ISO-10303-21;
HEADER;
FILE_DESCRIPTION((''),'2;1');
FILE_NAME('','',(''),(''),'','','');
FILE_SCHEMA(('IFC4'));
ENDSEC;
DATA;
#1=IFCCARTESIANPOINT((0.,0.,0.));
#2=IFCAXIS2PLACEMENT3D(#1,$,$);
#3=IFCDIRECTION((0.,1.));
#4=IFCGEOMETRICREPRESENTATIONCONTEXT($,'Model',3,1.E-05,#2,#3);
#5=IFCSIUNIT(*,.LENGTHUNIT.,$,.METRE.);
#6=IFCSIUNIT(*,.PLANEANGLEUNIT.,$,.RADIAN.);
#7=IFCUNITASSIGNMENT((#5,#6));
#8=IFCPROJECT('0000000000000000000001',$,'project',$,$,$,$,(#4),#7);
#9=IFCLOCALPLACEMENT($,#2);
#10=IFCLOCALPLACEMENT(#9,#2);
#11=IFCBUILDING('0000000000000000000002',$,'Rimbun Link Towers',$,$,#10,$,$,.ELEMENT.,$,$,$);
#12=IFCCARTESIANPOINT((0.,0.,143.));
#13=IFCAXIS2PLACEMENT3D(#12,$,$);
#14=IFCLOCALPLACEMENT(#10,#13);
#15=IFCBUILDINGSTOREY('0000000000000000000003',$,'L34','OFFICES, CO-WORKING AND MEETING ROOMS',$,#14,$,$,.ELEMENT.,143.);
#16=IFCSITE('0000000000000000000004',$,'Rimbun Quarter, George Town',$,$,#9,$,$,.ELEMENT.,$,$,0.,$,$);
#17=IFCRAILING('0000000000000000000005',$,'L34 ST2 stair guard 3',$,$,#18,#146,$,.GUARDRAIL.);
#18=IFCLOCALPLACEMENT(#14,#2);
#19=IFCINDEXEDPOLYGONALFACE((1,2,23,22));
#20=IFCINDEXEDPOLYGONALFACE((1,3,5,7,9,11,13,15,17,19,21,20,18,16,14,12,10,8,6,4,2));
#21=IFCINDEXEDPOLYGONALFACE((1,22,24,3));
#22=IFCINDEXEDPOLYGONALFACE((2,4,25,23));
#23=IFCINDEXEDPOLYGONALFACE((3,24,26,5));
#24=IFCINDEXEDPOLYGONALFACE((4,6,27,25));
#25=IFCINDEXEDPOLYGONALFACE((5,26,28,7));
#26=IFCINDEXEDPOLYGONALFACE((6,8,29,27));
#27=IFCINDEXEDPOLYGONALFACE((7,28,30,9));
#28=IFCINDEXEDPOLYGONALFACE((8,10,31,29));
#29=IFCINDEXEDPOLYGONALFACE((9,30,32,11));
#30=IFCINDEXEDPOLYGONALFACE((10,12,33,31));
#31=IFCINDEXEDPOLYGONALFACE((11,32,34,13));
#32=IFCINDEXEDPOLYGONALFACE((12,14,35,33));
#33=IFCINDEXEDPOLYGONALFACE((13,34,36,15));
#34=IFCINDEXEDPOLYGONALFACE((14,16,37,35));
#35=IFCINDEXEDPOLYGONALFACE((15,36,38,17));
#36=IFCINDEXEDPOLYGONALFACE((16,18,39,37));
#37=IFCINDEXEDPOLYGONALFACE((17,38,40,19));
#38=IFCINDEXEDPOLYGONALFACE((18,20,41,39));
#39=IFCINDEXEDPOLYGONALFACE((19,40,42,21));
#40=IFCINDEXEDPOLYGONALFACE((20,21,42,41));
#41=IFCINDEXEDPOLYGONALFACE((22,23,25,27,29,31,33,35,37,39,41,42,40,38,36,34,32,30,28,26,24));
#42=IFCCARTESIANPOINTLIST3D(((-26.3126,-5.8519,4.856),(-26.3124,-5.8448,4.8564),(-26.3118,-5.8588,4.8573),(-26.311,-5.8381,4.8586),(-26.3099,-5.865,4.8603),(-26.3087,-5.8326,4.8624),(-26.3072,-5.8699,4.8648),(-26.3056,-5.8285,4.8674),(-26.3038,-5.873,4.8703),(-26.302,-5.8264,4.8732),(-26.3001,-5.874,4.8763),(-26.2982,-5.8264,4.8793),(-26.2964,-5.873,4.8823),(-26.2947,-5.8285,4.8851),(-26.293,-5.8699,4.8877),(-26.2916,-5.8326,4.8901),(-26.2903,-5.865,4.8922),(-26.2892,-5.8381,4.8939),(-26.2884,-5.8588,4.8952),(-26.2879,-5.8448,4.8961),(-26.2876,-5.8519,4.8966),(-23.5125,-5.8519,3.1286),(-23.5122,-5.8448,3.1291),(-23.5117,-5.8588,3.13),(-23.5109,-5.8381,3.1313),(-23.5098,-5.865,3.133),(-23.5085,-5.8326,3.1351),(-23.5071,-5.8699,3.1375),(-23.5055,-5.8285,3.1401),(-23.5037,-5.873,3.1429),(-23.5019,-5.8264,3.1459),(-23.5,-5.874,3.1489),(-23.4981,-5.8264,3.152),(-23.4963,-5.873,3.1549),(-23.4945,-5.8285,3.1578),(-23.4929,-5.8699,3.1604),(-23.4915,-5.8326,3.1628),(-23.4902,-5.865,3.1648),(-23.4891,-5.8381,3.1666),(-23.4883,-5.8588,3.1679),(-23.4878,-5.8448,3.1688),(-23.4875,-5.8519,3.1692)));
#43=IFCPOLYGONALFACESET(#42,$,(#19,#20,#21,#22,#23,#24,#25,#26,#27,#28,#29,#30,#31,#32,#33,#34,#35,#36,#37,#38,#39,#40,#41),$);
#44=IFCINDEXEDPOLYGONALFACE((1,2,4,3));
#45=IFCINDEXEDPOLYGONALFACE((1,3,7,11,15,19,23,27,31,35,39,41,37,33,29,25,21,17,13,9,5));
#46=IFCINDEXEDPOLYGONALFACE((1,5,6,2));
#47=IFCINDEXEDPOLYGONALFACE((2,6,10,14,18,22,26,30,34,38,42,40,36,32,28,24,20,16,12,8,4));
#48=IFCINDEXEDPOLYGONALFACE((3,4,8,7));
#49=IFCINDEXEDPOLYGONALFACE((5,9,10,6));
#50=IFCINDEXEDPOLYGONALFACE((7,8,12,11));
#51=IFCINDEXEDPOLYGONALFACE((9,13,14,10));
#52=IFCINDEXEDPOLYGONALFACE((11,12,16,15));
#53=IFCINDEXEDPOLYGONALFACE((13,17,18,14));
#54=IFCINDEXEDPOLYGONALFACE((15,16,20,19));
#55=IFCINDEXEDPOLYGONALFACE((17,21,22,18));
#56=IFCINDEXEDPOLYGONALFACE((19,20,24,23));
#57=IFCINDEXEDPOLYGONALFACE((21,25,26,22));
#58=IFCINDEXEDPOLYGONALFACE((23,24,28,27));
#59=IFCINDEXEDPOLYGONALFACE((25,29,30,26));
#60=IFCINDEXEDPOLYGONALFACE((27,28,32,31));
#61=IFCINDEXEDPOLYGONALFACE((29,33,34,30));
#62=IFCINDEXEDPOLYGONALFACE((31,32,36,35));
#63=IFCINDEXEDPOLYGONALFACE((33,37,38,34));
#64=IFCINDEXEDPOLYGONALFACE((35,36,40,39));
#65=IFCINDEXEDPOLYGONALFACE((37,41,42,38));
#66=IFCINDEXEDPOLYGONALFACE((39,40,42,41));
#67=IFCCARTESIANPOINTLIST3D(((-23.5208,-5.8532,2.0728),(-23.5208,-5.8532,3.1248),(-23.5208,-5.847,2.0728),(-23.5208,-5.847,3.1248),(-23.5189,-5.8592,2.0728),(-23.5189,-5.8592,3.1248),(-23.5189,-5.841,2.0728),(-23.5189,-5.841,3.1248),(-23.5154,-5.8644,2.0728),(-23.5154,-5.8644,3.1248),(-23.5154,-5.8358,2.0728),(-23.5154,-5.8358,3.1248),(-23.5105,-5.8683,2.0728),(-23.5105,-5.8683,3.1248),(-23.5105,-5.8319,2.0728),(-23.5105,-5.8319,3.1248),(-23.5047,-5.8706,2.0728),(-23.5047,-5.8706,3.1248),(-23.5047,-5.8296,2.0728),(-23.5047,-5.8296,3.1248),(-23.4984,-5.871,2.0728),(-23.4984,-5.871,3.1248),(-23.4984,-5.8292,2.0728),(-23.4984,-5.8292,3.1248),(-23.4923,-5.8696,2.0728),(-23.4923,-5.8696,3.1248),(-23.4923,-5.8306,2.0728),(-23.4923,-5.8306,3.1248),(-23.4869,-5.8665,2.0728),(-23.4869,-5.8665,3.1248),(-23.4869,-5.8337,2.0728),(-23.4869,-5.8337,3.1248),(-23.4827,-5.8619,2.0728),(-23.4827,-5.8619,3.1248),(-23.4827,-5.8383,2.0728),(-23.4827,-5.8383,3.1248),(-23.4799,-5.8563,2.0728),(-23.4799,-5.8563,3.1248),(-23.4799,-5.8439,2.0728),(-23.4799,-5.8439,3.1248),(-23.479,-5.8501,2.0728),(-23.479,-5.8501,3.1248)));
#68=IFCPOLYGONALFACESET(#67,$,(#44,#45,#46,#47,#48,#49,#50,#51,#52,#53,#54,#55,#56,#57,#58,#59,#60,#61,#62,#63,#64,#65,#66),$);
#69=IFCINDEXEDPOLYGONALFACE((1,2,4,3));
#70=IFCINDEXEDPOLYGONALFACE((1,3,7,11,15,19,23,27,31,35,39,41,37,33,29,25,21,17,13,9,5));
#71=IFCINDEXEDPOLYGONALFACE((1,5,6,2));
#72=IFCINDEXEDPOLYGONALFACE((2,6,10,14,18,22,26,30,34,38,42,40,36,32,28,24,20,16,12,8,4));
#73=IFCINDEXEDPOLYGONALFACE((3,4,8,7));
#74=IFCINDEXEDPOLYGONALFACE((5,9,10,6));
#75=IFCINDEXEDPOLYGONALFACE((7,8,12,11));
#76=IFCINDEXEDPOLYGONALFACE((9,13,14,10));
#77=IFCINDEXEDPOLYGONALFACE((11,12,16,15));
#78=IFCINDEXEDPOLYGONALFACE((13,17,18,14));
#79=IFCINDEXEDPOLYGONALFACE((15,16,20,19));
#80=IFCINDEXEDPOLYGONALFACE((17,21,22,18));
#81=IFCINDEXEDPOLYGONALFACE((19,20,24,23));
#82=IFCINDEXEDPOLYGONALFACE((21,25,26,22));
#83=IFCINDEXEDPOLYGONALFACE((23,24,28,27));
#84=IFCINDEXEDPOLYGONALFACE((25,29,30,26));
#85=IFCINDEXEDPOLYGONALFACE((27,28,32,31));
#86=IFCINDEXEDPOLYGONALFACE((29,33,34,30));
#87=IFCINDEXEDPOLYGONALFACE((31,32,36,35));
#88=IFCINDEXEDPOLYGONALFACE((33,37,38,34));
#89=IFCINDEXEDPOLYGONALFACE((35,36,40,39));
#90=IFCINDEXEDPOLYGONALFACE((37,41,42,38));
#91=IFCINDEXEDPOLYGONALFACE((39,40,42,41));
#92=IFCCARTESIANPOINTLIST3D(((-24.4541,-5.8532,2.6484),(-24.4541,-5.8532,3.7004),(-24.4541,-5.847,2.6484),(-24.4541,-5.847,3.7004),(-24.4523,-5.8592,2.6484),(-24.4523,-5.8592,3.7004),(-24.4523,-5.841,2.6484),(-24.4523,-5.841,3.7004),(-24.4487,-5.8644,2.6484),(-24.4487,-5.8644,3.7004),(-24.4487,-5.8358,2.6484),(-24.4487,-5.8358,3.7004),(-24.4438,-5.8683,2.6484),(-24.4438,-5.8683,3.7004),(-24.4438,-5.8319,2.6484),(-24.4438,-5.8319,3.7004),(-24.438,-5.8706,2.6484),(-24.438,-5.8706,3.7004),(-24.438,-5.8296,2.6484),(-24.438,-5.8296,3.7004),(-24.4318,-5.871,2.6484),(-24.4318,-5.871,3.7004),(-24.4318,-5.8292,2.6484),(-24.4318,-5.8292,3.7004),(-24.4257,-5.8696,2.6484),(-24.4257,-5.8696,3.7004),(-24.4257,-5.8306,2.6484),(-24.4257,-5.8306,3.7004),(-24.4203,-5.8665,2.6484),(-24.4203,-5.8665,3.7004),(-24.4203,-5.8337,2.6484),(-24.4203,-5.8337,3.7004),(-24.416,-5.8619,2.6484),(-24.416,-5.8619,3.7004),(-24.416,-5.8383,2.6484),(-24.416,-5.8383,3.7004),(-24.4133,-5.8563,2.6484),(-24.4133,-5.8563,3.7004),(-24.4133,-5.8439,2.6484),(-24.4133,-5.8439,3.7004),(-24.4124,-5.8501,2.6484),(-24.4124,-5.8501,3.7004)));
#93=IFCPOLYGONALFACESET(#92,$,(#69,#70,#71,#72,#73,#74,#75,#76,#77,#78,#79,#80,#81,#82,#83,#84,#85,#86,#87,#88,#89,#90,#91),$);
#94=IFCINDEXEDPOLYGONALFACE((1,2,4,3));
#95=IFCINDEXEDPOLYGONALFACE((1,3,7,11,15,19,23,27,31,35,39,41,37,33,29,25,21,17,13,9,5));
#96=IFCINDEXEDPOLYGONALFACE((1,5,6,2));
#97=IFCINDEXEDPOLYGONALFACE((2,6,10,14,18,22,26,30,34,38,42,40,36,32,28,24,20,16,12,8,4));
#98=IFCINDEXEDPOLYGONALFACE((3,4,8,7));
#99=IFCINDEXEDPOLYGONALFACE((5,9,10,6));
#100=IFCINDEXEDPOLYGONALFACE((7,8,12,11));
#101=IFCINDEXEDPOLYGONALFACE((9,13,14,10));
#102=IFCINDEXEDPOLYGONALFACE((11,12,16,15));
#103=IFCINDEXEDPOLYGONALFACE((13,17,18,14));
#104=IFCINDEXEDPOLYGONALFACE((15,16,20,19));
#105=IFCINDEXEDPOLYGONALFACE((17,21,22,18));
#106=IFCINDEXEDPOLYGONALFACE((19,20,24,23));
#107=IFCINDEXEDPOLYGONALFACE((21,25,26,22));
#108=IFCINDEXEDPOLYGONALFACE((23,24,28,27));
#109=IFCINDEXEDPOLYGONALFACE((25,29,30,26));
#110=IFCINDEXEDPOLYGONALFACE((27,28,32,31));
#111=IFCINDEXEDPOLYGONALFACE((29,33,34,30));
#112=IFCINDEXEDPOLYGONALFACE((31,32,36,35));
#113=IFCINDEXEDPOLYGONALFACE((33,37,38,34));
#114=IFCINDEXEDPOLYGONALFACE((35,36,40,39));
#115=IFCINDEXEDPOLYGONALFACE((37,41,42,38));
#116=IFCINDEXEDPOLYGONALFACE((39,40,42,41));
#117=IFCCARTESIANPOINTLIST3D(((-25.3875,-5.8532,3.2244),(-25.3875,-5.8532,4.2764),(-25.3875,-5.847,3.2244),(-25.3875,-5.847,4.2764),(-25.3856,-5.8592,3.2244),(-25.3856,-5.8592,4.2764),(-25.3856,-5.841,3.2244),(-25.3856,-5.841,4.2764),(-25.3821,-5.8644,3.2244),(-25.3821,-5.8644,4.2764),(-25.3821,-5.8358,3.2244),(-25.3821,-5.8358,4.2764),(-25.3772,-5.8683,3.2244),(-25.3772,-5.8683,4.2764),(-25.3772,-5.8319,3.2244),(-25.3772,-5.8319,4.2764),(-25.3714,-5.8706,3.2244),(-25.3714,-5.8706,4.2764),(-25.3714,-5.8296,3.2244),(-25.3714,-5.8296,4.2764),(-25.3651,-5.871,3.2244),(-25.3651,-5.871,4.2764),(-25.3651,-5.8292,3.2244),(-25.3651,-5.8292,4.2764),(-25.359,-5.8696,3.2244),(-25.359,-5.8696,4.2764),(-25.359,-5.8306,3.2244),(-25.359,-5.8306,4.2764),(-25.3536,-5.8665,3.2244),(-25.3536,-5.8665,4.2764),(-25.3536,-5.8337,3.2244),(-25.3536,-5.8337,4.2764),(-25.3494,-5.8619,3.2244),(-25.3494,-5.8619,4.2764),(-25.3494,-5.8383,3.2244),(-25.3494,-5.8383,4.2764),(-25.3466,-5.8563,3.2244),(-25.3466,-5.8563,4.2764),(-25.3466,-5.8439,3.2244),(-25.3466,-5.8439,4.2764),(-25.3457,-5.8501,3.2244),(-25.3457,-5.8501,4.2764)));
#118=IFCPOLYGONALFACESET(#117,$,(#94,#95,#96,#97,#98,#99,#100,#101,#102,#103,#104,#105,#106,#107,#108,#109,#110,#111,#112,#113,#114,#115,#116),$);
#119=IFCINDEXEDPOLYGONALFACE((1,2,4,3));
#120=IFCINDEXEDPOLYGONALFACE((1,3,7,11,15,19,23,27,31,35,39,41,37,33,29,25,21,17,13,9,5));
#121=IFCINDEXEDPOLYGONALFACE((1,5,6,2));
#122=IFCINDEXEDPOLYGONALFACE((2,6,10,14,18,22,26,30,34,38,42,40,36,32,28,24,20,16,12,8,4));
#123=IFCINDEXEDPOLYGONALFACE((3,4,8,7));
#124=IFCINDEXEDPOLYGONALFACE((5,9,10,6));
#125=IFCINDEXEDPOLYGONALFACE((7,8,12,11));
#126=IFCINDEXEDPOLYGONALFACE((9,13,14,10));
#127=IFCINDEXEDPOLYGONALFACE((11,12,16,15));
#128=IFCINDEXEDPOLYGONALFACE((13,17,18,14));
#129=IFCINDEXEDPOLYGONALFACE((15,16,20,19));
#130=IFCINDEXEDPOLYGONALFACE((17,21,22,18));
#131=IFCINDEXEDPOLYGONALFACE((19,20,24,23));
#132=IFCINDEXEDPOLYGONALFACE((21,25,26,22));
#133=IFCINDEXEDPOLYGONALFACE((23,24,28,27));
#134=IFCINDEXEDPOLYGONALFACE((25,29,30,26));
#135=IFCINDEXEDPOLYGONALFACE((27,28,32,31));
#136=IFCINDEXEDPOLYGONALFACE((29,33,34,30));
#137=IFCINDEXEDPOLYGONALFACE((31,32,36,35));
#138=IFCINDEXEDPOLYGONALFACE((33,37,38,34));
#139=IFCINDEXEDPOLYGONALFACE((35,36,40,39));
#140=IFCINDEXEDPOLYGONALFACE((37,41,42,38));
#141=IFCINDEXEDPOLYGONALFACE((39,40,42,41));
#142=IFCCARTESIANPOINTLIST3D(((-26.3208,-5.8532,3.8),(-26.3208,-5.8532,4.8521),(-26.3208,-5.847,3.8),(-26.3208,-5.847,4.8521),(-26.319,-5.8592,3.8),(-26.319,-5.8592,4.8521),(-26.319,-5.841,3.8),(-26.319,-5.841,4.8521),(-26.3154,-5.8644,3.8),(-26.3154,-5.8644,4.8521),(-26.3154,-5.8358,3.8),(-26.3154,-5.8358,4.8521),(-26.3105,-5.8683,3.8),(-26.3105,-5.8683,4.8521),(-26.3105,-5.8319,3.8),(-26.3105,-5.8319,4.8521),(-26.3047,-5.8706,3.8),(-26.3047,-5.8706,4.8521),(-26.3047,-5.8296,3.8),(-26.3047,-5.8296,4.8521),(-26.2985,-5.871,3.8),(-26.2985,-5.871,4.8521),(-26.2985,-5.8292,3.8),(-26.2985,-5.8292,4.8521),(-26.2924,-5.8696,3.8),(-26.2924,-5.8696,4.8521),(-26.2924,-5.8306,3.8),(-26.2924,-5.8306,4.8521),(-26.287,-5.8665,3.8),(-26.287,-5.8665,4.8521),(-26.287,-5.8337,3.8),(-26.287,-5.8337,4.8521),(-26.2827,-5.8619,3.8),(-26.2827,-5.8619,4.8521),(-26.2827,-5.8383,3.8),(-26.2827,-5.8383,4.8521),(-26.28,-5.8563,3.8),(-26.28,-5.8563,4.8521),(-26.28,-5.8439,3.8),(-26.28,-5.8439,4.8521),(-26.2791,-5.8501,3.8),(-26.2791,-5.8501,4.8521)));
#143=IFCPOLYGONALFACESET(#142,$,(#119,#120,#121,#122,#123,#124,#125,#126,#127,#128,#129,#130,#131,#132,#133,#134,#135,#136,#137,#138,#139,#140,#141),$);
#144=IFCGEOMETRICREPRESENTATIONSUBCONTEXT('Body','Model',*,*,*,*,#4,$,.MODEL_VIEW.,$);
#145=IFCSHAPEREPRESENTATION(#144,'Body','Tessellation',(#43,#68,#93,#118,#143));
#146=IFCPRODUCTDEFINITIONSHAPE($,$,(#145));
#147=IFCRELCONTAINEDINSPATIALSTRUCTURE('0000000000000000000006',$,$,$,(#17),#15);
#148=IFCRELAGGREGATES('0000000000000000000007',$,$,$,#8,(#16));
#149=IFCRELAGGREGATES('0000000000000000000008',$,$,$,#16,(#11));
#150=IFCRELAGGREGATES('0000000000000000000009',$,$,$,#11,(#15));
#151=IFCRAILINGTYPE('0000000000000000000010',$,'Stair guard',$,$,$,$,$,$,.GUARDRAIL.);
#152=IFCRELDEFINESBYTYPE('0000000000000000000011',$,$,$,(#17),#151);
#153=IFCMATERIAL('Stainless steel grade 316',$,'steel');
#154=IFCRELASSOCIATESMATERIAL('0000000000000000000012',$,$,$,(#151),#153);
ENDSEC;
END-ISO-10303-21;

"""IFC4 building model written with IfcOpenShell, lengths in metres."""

from ifc_helpers import new_model, si_unit, direction, frame, origin, origin_2d, place, context, subcontext, project, spatial, circle, extrude, material, type_object, element, save


model = new_model("IFC4")

# Units and contexts
model_context = context("Model", 3, precision=1e-05, world=origin(), true_north=direction((0.0, 1.0)))
body_context = subcontext(model_context, "Body", "Model", "MODEL_VIEW")
ifc_project = project(units=[si_unit("LENGTHUNIT", "METRE"), si_unit("PLANEANGLEUNIT", "RADIAN")], contexts=[model_context])

# Site, building, storey
site_placement = place(None, origin())
site = spatial("IfcSite", under=ifc_project, at=site_placement, Name="Rimbun Quarter, George Town", CompositionType="ELEMENT", RefElevation=0.0)
building_placement = place(site_placement, origin())
building = spatial("IfcBuilding", under=site, at=building_placement, Name="Rimbun Link Towers", CompositionType="ELEMENT")
storey_placement = place(building_placement, frame((0.0, 0.0, 143.0)))
storey = spatial("IfcBuildingStorey", under=building, at=storey_placement, Name="L34", Description="OFFICES, CO-WORKING AND MEETING ROOMS", CompositionType="ELEMENT", Elevation=143.0)

# Railing
ifc_material_1 = material(Name="Stainless steel grade 316", Category="steel")
railing_type_1 = type_object("IfcRailingType", Name="Stair guard", PredefinedType="GUARDRAIL", material=ifc_material_1)
railing_1_placement = place(storey_placement, frame((-23.5, -5.8501, 2.0728)))
element("IfcRailing", 1, at=railing_1_placement, inside=storey, type_object=railing_type_1, Name="L34 ST2 stair guard 3", PredefinedType="GUARDRAIL", context=body_context, shape_type="SweptSolid", body=[
    extrude(circle(Radius=0.0239, at=origin_2d()), frame((0.0, 0.0, 1.0762), z_axis=(-0.85109, 0.0, 0.52502), x_axis=(0.0, -1.0, 0.0)), (0.0, 0.0, 1.0), 3.29),
    extrude(circle(Radius=0.021, at=origin_2d()), origin(), (0.0, 0.0, 1.0), 1.052),
    extrude(circle(Radius=0.021, at=origin_2d()), frame((-0.9333, 0.0, 0.5757)), (0.0, 0.0, 1.0), 1.052),
    extrude(circle(Radius=0.021, at=origin_2d()), frame((-1.8667, 0.0, 1.1516)), (0.0, 0.0, 1.0), 1.052),
    extrude(circle(Radius=0.021, at=origin_2d()), frame((-2.8, 0.0, 1.7273)), (0.0, 0.0, 1.0), 1.052),
])

save(model, "model.ifc")
